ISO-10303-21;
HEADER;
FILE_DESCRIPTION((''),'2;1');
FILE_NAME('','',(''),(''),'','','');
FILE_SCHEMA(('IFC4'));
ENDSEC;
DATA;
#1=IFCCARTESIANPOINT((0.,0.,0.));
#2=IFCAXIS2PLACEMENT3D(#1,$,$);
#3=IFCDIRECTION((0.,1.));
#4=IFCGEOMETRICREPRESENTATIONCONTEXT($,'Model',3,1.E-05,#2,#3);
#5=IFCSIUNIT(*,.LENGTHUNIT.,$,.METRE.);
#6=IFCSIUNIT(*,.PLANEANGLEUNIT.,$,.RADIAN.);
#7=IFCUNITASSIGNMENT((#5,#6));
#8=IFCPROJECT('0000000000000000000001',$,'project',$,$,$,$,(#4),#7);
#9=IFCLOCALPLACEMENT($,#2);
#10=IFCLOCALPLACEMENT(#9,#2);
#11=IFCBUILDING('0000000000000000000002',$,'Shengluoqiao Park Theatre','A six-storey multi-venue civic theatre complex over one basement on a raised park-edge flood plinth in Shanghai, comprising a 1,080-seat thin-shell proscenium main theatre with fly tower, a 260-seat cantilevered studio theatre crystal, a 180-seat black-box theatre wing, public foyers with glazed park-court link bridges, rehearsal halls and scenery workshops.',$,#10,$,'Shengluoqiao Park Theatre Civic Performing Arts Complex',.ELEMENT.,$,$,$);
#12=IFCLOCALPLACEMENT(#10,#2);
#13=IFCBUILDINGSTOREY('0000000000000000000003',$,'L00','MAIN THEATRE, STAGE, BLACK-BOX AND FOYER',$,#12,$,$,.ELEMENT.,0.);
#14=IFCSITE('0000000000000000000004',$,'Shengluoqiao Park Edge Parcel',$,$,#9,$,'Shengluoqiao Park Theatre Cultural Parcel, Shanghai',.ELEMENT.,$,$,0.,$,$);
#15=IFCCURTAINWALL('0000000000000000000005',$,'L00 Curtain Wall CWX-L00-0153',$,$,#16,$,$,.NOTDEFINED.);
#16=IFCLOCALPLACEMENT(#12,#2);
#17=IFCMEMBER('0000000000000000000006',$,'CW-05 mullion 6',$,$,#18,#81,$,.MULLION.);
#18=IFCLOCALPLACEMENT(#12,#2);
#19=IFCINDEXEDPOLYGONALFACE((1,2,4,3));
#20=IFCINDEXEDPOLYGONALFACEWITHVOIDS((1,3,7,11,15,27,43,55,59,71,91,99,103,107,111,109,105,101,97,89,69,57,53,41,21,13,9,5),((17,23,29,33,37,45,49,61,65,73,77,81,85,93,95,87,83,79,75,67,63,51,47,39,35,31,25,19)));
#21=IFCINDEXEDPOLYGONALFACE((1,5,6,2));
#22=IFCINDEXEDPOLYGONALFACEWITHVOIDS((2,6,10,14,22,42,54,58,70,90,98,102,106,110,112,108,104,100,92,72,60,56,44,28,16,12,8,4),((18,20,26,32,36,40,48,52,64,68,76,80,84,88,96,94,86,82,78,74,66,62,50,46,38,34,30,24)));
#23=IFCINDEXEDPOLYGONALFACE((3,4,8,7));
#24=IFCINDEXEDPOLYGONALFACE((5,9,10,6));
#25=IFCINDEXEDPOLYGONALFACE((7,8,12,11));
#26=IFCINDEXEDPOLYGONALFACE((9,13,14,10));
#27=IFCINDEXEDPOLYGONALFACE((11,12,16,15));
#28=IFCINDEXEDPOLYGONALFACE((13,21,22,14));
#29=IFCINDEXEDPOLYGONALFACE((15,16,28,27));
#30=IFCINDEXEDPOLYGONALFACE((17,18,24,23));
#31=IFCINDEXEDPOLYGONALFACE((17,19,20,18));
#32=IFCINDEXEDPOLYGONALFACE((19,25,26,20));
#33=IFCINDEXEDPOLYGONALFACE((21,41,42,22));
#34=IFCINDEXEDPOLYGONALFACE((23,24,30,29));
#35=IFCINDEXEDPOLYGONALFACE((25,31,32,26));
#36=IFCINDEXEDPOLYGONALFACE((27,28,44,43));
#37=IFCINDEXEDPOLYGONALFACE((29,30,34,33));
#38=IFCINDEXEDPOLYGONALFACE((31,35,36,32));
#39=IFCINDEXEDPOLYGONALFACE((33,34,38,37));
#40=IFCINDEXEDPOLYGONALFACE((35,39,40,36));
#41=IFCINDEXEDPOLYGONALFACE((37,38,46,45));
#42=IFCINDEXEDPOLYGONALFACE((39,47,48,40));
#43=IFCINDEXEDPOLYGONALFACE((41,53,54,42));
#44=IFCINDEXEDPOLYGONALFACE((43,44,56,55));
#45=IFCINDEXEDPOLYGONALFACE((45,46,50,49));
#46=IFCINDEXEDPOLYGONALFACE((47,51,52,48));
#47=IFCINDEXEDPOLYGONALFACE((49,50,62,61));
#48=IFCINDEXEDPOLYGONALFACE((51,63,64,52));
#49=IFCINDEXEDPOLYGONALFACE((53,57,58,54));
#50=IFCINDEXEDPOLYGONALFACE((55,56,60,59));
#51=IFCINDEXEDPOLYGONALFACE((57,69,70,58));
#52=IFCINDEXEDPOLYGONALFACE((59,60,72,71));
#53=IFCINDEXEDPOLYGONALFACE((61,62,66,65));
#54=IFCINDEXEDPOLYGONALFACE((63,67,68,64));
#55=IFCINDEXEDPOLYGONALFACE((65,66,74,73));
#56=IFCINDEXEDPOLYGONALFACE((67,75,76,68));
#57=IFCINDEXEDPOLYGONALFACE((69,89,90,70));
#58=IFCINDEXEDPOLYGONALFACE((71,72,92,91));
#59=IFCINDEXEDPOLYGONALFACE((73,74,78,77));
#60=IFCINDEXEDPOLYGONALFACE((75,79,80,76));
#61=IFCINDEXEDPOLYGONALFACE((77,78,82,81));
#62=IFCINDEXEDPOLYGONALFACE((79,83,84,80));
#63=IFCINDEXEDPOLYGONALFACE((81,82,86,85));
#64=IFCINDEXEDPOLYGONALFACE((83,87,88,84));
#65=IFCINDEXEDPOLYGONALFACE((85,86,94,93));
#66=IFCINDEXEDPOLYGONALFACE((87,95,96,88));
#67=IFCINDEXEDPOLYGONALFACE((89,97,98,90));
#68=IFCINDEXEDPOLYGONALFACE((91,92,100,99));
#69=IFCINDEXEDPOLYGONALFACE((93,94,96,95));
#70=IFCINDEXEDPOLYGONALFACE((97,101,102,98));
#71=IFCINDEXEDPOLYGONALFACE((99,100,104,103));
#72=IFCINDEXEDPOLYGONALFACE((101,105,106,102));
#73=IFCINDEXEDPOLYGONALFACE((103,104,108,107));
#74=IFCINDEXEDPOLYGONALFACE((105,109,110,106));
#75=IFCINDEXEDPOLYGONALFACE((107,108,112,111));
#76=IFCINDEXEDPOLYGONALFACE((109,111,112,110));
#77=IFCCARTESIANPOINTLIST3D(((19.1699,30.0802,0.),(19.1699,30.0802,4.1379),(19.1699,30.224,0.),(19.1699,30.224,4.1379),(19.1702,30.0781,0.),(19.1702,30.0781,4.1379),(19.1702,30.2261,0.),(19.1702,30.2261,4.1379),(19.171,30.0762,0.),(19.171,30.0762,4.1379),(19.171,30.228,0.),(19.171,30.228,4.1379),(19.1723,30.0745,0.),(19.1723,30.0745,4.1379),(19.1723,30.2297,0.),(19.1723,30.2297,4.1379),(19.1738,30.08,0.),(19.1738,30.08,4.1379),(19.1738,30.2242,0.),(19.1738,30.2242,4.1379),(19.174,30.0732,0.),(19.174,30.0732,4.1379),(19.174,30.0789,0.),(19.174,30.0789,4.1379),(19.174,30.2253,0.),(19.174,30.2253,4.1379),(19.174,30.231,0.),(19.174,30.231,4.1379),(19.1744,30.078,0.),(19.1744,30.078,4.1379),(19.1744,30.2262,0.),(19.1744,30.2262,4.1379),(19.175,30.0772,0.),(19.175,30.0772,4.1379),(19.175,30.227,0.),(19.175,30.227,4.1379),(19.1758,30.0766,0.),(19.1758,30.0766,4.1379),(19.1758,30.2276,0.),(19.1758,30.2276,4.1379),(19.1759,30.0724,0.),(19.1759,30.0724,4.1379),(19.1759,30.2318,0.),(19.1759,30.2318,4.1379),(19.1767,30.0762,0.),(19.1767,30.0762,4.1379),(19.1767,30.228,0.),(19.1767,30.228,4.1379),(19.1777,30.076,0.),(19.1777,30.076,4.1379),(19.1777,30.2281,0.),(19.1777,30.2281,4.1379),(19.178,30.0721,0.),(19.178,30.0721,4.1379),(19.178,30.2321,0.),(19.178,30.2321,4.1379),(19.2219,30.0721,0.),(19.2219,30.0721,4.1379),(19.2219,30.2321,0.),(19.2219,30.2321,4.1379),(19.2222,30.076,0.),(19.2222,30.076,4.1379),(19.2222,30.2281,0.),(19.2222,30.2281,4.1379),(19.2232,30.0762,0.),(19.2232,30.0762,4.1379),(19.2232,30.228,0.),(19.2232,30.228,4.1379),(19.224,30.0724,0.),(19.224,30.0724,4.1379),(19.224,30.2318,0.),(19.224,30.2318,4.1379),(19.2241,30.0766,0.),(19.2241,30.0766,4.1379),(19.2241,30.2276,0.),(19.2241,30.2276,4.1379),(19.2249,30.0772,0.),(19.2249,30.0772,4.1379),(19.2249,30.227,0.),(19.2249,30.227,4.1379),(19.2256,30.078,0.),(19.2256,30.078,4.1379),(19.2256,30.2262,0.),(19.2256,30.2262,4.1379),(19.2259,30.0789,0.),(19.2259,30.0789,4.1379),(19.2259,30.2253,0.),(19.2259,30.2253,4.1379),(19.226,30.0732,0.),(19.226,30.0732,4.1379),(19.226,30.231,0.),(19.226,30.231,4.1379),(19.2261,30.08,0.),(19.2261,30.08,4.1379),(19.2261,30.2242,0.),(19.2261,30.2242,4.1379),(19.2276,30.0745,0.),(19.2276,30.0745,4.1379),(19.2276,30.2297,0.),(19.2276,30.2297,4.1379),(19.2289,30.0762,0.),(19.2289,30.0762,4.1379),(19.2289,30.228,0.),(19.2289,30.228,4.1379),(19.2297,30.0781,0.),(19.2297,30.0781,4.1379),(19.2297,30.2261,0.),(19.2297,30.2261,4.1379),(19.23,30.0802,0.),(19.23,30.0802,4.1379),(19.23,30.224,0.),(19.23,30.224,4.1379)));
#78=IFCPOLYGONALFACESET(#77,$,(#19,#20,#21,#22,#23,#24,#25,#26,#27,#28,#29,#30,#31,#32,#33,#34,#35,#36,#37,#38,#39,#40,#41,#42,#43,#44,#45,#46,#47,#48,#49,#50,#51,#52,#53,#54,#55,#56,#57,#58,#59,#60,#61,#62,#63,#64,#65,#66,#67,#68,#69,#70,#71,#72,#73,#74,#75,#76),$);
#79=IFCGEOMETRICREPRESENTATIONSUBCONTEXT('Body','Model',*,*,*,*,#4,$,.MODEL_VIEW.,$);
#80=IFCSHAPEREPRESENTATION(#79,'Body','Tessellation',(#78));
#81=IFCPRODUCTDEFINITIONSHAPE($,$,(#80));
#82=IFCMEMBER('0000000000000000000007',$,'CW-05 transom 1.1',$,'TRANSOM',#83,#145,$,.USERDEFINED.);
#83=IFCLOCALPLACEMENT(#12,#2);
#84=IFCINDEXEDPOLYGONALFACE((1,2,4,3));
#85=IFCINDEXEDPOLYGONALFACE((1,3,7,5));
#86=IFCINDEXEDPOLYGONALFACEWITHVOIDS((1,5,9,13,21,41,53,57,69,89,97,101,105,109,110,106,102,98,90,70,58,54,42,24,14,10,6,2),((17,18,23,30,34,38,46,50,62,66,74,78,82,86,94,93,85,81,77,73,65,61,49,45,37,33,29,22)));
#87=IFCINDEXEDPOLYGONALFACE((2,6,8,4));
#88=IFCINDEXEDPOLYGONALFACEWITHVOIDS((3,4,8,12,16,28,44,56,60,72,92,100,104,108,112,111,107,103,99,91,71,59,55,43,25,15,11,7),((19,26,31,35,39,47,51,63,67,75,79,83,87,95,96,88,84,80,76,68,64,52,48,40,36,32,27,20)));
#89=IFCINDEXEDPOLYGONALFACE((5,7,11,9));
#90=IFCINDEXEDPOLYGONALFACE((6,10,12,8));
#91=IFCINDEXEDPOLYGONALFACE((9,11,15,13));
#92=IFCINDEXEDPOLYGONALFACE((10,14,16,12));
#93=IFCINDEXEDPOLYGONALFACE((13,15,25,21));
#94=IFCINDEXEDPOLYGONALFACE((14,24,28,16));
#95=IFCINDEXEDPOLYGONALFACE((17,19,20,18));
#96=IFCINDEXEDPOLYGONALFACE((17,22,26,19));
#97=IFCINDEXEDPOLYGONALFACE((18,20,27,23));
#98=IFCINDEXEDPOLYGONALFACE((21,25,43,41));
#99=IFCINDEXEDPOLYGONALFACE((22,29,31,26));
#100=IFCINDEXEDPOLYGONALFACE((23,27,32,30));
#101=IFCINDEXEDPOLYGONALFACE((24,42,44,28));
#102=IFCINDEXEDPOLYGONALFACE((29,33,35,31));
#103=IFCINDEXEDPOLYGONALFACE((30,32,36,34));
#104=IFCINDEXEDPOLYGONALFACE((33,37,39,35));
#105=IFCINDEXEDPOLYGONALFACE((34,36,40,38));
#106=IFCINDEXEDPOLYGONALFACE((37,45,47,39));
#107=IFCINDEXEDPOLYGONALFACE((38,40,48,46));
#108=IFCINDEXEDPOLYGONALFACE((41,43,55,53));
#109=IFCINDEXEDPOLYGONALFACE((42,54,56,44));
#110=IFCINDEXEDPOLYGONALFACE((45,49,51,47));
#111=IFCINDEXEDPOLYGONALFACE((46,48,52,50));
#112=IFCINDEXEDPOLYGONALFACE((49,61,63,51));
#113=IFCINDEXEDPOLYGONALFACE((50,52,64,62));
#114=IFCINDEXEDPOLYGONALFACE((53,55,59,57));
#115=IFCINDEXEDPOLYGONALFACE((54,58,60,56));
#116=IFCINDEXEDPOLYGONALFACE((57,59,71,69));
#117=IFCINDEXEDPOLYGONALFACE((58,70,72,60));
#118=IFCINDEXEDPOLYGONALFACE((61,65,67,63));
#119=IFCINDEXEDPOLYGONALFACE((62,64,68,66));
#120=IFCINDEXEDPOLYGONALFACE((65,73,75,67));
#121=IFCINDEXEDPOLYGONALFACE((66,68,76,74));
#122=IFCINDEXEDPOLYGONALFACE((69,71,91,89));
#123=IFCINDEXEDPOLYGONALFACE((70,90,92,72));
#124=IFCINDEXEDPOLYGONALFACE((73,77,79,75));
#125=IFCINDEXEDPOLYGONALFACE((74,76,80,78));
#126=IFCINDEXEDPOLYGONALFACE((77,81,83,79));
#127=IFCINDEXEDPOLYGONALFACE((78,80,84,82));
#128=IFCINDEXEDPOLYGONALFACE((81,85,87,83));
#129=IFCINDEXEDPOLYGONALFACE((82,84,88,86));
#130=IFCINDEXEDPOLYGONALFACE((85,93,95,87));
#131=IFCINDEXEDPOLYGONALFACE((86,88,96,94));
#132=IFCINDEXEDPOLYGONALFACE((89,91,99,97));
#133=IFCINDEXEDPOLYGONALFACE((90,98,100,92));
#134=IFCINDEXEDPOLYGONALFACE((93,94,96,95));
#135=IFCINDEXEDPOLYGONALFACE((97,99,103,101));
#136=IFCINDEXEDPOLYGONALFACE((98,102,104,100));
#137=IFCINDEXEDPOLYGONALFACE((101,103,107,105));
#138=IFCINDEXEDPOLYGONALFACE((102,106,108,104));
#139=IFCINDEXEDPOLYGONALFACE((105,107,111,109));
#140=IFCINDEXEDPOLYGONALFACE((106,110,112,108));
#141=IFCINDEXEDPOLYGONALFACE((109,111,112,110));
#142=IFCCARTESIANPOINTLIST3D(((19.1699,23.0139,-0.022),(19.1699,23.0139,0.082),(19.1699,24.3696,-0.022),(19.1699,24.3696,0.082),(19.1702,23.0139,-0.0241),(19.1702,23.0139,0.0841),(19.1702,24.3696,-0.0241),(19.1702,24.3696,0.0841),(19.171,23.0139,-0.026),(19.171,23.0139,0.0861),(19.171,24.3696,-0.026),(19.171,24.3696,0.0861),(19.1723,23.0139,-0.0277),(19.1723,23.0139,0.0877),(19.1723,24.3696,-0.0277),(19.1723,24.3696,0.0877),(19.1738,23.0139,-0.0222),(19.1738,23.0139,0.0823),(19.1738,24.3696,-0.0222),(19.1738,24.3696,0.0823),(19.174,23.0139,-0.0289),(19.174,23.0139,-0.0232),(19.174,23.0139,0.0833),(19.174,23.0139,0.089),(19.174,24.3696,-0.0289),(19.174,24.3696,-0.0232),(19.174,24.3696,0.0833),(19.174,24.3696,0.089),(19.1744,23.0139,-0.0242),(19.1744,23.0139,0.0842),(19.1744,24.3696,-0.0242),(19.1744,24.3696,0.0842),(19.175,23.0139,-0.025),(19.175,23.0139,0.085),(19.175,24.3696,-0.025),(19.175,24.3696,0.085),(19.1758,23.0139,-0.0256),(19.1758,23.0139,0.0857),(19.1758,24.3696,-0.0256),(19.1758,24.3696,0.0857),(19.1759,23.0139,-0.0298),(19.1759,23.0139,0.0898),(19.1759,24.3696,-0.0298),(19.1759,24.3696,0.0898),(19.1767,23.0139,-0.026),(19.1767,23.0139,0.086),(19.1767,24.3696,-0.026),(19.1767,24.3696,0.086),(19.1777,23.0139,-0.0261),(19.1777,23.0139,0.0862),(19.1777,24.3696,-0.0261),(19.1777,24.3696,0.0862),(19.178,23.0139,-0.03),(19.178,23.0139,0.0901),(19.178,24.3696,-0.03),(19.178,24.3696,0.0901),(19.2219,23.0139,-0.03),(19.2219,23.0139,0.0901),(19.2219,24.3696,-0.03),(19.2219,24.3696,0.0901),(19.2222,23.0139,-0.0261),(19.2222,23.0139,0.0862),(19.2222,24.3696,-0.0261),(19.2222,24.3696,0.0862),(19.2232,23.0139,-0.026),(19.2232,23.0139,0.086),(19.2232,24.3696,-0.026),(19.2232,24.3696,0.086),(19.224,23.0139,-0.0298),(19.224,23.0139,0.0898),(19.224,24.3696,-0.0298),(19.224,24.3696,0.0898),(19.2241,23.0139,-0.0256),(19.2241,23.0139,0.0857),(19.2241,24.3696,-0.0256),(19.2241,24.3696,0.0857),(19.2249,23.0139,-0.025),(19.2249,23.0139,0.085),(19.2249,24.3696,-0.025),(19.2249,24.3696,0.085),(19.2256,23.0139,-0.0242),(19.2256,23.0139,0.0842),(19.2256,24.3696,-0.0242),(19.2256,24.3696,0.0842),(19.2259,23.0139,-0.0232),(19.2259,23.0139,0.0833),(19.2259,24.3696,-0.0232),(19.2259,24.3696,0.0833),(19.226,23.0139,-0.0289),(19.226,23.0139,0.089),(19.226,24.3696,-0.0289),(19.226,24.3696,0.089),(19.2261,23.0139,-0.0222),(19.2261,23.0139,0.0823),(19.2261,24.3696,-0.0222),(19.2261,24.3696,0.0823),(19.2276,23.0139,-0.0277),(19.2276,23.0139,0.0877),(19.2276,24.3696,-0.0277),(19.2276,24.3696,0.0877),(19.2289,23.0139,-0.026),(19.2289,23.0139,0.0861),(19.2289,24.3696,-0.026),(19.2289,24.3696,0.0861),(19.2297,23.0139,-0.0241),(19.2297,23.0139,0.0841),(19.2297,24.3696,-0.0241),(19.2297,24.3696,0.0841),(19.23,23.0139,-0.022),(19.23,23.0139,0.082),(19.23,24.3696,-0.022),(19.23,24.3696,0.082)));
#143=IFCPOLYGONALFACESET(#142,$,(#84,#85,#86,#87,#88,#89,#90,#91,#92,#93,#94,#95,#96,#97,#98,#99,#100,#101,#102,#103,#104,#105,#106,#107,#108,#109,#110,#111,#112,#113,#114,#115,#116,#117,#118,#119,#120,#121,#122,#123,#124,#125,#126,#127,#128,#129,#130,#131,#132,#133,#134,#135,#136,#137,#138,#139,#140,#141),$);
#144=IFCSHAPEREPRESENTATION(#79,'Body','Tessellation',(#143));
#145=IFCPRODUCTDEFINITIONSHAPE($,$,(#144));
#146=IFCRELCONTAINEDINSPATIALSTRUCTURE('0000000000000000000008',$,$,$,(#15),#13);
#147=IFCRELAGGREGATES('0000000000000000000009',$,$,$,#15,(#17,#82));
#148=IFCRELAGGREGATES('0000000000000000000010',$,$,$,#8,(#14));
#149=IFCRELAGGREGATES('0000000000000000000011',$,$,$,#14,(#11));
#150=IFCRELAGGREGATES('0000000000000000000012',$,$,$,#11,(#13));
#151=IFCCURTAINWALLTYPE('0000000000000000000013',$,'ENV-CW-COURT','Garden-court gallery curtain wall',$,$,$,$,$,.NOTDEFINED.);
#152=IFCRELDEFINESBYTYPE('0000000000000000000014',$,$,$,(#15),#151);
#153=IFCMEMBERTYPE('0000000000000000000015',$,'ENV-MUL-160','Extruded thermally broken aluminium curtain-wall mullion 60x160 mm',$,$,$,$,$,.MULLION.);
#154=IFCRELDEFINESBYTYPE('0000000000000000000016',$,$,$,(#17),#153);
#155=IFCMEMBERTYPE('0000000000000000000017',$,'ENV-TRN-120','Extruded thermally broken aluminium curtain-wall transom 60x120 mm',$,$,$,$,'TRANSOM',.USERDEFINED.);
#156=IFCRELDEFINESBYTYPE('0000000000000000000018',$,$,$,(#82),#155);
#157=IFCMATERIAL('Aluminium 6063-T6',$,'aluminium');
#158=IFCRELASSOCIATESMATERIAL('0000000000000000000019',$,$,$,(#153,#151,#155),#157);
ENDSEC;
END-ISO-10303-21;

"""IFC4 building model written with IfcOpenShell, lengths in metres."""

from ifc_helpers import new_model, si_unit, direction, frame, origin, origin_2d, place, context, subcontext, project, spatial, hollow_rectangle, extrude, material, material_profile, profile_set, type_object, element, aggregate, save


model = new_model("IFC4")

# Units and contexts
model_context = context("Model", 3, precision=1e-05, world=origin(), true_north=direction((0.0, 1.0)))
body_context = subcontext(model_context, "Body", "Model", "MODEL_VIEW")
ifc_project = project(units=[si_unit("LENGTHUNIT", "METRE"), si_unit("PLANEANGLEUNIT", "RADIAN")], contexts=[model_context])

# Site, building, storey
site_placement = place(None, origin())
site = spatial("IfcSite", under=ifc_project, at=site_placement, Name="Shengluoqiao Park Edge Parcel", LongName="Shengluoqiao Park Theatre Cultural Parcel, Shanghai", CompositionType="ELEMENT", RefElevation=0.0)
building_placement = place(site_placement, origin())
building = spatial("IfcBuilding", under=site, at=building_placement, Name="Shengluoqiao Park Theatre", Description="A six-storey multi-venue civic theatre complex over one basement on a raised park-edge flood plinth in Shanghai, comprising a 1,080-seat thin-shell proscenium main theatre with fly tower, a 260-seat cantilevered studio theatre crystal, a 180-seat black-box theatre wing, public foyers with glazed park-court link bridges, rehearsal halls and scenery workshops.", LongName="Shengluoqiao Park Theatre Civic Performing Arts Complex", CompositionType="ELEMENT")
storey_placement = place(building_placement, origin())
storey = spatial("IfcBuildingStorey", under=building, at=storey_placement, Name="L00", Description="MAIN THEATRE, STAGE, BLACK-BOX AND FOYER", CompositionType="ELEMENT", Elevation=0.0)

# Shared definitions
ifc_material_1 = material(Name="Aluminium 6063-T6", Category="aluminium")
ifc_material_profile_1 = material_profile(ifc_material_1, hollow_rectangle(XDim=0.0601, YDim=0.1599, WallThickness=0.0039, InnerFilletRadius=0.0039, OuterFilletRadius=0.0081, at=origin_2d()), Name="ALU MULLION 160x60x4")
ifc_profile_set_1 = profile_set([ifc_material_profile_1], Name="Aluminium 6063-T6")
member_type_1 = type_object("IfcMemberType", Name="ENV-MUL-160", Description="Extruded thermally broken aluminium curtain-wall mullion 60x160 mm", PredefinedType="MULLION", material=ifc_profile_set_1)

# Curtain wall, members
curtain_wall_type_1 = type_object("IfcCurtainWallType", Name="ENV-CW-COURT", Description="Garden-court gallery curtain wall", PredefinedType="NOTDEFINED", material=ifc_material_1)
curtain_wall_1_placement = place(storey_placement, origin())
curtain_wall_1 = element("IfcCurtainWall", 1, at=curtain_wall_1_placement, inside=storey, type_object=curtain_wall_type_1, Name="L00 Curtain Wall CWX-L00-0153", PredefinedType="NOTDEFINED")
member_1_placement = place(storey_placement, frame((19.2, 30.1521, 0.0), z_axis=(0.0, 0.0, 1.0), x_axis=(-1.0, 0.0, 0.0)))
member_1 = element("IfcMember", 2, at=member_1_placement, type_object=member_type_1, Name="CW-05 mullion 6", PredefinedType="MULLION", context=body_context, shape_type="SweptSolid", body=[
    extrude(hollow_rectangle(XDim=0.0601, YDim=0.1599, WallThickness=0.0039, InnerFilletRadius=0.0039, OuterFilletRadius=0.0081, at=origin_2d()), origin(), (0.0, 0.0, 1.0), 4.1379),
])
ifc_material_profile_2 = material_profile(ifc_material_1, hollow_rectangle(XDim=0.0601, YDim=0.1201, WallThickness=0.0039, InnerFilletRadius=0.0039, OuterFilletRadius=0.0081, at=origin_2d()), Name="ALU TRANSOM 120x60x4")
ifc_profile_set_2 = profile_set([ifc_material_profile_2], Name="Aluminium 6063-T6")
member_type_2 = type_object("IfcMemberType", Name="ENV-TRN-120", Description="Extruded thermally broken aluminium curtain-wall transom 60x120 mm", ElementType="TRANSOM", PredefinedType="USERDEFINED", material=ifc_profile_set_2)
member_2_placement = place(storey_placement, frame((19.2, 23.0139, 0.03), z_axis=(0.0, 1.0, 0.0), x_axis=(-1.0, 0.0, 0.0)))
member_2 = element("IfcMember", 3, at=member_2_placement, type_object=member_type_2, Name="CW-05 transom 1.1", ObjectType="TRANSOM", PredefinedType="USERDEFINED", context=body_context, shape_type="SweptSolid", body=[
    extrude(hollow_rectangle(XDim=0.0601, YDim=0.1201, WallThickness=0.0039, InnerFilletRadius=0.0039, OuterFilletRadius=0.0081, at=origin_2d()), origin(), (0.0, 0.0, 1.0), 1.3557),
])
aggregate(curtain_wall_1, [member_1, member_2])

save(model, "model.ifc")
